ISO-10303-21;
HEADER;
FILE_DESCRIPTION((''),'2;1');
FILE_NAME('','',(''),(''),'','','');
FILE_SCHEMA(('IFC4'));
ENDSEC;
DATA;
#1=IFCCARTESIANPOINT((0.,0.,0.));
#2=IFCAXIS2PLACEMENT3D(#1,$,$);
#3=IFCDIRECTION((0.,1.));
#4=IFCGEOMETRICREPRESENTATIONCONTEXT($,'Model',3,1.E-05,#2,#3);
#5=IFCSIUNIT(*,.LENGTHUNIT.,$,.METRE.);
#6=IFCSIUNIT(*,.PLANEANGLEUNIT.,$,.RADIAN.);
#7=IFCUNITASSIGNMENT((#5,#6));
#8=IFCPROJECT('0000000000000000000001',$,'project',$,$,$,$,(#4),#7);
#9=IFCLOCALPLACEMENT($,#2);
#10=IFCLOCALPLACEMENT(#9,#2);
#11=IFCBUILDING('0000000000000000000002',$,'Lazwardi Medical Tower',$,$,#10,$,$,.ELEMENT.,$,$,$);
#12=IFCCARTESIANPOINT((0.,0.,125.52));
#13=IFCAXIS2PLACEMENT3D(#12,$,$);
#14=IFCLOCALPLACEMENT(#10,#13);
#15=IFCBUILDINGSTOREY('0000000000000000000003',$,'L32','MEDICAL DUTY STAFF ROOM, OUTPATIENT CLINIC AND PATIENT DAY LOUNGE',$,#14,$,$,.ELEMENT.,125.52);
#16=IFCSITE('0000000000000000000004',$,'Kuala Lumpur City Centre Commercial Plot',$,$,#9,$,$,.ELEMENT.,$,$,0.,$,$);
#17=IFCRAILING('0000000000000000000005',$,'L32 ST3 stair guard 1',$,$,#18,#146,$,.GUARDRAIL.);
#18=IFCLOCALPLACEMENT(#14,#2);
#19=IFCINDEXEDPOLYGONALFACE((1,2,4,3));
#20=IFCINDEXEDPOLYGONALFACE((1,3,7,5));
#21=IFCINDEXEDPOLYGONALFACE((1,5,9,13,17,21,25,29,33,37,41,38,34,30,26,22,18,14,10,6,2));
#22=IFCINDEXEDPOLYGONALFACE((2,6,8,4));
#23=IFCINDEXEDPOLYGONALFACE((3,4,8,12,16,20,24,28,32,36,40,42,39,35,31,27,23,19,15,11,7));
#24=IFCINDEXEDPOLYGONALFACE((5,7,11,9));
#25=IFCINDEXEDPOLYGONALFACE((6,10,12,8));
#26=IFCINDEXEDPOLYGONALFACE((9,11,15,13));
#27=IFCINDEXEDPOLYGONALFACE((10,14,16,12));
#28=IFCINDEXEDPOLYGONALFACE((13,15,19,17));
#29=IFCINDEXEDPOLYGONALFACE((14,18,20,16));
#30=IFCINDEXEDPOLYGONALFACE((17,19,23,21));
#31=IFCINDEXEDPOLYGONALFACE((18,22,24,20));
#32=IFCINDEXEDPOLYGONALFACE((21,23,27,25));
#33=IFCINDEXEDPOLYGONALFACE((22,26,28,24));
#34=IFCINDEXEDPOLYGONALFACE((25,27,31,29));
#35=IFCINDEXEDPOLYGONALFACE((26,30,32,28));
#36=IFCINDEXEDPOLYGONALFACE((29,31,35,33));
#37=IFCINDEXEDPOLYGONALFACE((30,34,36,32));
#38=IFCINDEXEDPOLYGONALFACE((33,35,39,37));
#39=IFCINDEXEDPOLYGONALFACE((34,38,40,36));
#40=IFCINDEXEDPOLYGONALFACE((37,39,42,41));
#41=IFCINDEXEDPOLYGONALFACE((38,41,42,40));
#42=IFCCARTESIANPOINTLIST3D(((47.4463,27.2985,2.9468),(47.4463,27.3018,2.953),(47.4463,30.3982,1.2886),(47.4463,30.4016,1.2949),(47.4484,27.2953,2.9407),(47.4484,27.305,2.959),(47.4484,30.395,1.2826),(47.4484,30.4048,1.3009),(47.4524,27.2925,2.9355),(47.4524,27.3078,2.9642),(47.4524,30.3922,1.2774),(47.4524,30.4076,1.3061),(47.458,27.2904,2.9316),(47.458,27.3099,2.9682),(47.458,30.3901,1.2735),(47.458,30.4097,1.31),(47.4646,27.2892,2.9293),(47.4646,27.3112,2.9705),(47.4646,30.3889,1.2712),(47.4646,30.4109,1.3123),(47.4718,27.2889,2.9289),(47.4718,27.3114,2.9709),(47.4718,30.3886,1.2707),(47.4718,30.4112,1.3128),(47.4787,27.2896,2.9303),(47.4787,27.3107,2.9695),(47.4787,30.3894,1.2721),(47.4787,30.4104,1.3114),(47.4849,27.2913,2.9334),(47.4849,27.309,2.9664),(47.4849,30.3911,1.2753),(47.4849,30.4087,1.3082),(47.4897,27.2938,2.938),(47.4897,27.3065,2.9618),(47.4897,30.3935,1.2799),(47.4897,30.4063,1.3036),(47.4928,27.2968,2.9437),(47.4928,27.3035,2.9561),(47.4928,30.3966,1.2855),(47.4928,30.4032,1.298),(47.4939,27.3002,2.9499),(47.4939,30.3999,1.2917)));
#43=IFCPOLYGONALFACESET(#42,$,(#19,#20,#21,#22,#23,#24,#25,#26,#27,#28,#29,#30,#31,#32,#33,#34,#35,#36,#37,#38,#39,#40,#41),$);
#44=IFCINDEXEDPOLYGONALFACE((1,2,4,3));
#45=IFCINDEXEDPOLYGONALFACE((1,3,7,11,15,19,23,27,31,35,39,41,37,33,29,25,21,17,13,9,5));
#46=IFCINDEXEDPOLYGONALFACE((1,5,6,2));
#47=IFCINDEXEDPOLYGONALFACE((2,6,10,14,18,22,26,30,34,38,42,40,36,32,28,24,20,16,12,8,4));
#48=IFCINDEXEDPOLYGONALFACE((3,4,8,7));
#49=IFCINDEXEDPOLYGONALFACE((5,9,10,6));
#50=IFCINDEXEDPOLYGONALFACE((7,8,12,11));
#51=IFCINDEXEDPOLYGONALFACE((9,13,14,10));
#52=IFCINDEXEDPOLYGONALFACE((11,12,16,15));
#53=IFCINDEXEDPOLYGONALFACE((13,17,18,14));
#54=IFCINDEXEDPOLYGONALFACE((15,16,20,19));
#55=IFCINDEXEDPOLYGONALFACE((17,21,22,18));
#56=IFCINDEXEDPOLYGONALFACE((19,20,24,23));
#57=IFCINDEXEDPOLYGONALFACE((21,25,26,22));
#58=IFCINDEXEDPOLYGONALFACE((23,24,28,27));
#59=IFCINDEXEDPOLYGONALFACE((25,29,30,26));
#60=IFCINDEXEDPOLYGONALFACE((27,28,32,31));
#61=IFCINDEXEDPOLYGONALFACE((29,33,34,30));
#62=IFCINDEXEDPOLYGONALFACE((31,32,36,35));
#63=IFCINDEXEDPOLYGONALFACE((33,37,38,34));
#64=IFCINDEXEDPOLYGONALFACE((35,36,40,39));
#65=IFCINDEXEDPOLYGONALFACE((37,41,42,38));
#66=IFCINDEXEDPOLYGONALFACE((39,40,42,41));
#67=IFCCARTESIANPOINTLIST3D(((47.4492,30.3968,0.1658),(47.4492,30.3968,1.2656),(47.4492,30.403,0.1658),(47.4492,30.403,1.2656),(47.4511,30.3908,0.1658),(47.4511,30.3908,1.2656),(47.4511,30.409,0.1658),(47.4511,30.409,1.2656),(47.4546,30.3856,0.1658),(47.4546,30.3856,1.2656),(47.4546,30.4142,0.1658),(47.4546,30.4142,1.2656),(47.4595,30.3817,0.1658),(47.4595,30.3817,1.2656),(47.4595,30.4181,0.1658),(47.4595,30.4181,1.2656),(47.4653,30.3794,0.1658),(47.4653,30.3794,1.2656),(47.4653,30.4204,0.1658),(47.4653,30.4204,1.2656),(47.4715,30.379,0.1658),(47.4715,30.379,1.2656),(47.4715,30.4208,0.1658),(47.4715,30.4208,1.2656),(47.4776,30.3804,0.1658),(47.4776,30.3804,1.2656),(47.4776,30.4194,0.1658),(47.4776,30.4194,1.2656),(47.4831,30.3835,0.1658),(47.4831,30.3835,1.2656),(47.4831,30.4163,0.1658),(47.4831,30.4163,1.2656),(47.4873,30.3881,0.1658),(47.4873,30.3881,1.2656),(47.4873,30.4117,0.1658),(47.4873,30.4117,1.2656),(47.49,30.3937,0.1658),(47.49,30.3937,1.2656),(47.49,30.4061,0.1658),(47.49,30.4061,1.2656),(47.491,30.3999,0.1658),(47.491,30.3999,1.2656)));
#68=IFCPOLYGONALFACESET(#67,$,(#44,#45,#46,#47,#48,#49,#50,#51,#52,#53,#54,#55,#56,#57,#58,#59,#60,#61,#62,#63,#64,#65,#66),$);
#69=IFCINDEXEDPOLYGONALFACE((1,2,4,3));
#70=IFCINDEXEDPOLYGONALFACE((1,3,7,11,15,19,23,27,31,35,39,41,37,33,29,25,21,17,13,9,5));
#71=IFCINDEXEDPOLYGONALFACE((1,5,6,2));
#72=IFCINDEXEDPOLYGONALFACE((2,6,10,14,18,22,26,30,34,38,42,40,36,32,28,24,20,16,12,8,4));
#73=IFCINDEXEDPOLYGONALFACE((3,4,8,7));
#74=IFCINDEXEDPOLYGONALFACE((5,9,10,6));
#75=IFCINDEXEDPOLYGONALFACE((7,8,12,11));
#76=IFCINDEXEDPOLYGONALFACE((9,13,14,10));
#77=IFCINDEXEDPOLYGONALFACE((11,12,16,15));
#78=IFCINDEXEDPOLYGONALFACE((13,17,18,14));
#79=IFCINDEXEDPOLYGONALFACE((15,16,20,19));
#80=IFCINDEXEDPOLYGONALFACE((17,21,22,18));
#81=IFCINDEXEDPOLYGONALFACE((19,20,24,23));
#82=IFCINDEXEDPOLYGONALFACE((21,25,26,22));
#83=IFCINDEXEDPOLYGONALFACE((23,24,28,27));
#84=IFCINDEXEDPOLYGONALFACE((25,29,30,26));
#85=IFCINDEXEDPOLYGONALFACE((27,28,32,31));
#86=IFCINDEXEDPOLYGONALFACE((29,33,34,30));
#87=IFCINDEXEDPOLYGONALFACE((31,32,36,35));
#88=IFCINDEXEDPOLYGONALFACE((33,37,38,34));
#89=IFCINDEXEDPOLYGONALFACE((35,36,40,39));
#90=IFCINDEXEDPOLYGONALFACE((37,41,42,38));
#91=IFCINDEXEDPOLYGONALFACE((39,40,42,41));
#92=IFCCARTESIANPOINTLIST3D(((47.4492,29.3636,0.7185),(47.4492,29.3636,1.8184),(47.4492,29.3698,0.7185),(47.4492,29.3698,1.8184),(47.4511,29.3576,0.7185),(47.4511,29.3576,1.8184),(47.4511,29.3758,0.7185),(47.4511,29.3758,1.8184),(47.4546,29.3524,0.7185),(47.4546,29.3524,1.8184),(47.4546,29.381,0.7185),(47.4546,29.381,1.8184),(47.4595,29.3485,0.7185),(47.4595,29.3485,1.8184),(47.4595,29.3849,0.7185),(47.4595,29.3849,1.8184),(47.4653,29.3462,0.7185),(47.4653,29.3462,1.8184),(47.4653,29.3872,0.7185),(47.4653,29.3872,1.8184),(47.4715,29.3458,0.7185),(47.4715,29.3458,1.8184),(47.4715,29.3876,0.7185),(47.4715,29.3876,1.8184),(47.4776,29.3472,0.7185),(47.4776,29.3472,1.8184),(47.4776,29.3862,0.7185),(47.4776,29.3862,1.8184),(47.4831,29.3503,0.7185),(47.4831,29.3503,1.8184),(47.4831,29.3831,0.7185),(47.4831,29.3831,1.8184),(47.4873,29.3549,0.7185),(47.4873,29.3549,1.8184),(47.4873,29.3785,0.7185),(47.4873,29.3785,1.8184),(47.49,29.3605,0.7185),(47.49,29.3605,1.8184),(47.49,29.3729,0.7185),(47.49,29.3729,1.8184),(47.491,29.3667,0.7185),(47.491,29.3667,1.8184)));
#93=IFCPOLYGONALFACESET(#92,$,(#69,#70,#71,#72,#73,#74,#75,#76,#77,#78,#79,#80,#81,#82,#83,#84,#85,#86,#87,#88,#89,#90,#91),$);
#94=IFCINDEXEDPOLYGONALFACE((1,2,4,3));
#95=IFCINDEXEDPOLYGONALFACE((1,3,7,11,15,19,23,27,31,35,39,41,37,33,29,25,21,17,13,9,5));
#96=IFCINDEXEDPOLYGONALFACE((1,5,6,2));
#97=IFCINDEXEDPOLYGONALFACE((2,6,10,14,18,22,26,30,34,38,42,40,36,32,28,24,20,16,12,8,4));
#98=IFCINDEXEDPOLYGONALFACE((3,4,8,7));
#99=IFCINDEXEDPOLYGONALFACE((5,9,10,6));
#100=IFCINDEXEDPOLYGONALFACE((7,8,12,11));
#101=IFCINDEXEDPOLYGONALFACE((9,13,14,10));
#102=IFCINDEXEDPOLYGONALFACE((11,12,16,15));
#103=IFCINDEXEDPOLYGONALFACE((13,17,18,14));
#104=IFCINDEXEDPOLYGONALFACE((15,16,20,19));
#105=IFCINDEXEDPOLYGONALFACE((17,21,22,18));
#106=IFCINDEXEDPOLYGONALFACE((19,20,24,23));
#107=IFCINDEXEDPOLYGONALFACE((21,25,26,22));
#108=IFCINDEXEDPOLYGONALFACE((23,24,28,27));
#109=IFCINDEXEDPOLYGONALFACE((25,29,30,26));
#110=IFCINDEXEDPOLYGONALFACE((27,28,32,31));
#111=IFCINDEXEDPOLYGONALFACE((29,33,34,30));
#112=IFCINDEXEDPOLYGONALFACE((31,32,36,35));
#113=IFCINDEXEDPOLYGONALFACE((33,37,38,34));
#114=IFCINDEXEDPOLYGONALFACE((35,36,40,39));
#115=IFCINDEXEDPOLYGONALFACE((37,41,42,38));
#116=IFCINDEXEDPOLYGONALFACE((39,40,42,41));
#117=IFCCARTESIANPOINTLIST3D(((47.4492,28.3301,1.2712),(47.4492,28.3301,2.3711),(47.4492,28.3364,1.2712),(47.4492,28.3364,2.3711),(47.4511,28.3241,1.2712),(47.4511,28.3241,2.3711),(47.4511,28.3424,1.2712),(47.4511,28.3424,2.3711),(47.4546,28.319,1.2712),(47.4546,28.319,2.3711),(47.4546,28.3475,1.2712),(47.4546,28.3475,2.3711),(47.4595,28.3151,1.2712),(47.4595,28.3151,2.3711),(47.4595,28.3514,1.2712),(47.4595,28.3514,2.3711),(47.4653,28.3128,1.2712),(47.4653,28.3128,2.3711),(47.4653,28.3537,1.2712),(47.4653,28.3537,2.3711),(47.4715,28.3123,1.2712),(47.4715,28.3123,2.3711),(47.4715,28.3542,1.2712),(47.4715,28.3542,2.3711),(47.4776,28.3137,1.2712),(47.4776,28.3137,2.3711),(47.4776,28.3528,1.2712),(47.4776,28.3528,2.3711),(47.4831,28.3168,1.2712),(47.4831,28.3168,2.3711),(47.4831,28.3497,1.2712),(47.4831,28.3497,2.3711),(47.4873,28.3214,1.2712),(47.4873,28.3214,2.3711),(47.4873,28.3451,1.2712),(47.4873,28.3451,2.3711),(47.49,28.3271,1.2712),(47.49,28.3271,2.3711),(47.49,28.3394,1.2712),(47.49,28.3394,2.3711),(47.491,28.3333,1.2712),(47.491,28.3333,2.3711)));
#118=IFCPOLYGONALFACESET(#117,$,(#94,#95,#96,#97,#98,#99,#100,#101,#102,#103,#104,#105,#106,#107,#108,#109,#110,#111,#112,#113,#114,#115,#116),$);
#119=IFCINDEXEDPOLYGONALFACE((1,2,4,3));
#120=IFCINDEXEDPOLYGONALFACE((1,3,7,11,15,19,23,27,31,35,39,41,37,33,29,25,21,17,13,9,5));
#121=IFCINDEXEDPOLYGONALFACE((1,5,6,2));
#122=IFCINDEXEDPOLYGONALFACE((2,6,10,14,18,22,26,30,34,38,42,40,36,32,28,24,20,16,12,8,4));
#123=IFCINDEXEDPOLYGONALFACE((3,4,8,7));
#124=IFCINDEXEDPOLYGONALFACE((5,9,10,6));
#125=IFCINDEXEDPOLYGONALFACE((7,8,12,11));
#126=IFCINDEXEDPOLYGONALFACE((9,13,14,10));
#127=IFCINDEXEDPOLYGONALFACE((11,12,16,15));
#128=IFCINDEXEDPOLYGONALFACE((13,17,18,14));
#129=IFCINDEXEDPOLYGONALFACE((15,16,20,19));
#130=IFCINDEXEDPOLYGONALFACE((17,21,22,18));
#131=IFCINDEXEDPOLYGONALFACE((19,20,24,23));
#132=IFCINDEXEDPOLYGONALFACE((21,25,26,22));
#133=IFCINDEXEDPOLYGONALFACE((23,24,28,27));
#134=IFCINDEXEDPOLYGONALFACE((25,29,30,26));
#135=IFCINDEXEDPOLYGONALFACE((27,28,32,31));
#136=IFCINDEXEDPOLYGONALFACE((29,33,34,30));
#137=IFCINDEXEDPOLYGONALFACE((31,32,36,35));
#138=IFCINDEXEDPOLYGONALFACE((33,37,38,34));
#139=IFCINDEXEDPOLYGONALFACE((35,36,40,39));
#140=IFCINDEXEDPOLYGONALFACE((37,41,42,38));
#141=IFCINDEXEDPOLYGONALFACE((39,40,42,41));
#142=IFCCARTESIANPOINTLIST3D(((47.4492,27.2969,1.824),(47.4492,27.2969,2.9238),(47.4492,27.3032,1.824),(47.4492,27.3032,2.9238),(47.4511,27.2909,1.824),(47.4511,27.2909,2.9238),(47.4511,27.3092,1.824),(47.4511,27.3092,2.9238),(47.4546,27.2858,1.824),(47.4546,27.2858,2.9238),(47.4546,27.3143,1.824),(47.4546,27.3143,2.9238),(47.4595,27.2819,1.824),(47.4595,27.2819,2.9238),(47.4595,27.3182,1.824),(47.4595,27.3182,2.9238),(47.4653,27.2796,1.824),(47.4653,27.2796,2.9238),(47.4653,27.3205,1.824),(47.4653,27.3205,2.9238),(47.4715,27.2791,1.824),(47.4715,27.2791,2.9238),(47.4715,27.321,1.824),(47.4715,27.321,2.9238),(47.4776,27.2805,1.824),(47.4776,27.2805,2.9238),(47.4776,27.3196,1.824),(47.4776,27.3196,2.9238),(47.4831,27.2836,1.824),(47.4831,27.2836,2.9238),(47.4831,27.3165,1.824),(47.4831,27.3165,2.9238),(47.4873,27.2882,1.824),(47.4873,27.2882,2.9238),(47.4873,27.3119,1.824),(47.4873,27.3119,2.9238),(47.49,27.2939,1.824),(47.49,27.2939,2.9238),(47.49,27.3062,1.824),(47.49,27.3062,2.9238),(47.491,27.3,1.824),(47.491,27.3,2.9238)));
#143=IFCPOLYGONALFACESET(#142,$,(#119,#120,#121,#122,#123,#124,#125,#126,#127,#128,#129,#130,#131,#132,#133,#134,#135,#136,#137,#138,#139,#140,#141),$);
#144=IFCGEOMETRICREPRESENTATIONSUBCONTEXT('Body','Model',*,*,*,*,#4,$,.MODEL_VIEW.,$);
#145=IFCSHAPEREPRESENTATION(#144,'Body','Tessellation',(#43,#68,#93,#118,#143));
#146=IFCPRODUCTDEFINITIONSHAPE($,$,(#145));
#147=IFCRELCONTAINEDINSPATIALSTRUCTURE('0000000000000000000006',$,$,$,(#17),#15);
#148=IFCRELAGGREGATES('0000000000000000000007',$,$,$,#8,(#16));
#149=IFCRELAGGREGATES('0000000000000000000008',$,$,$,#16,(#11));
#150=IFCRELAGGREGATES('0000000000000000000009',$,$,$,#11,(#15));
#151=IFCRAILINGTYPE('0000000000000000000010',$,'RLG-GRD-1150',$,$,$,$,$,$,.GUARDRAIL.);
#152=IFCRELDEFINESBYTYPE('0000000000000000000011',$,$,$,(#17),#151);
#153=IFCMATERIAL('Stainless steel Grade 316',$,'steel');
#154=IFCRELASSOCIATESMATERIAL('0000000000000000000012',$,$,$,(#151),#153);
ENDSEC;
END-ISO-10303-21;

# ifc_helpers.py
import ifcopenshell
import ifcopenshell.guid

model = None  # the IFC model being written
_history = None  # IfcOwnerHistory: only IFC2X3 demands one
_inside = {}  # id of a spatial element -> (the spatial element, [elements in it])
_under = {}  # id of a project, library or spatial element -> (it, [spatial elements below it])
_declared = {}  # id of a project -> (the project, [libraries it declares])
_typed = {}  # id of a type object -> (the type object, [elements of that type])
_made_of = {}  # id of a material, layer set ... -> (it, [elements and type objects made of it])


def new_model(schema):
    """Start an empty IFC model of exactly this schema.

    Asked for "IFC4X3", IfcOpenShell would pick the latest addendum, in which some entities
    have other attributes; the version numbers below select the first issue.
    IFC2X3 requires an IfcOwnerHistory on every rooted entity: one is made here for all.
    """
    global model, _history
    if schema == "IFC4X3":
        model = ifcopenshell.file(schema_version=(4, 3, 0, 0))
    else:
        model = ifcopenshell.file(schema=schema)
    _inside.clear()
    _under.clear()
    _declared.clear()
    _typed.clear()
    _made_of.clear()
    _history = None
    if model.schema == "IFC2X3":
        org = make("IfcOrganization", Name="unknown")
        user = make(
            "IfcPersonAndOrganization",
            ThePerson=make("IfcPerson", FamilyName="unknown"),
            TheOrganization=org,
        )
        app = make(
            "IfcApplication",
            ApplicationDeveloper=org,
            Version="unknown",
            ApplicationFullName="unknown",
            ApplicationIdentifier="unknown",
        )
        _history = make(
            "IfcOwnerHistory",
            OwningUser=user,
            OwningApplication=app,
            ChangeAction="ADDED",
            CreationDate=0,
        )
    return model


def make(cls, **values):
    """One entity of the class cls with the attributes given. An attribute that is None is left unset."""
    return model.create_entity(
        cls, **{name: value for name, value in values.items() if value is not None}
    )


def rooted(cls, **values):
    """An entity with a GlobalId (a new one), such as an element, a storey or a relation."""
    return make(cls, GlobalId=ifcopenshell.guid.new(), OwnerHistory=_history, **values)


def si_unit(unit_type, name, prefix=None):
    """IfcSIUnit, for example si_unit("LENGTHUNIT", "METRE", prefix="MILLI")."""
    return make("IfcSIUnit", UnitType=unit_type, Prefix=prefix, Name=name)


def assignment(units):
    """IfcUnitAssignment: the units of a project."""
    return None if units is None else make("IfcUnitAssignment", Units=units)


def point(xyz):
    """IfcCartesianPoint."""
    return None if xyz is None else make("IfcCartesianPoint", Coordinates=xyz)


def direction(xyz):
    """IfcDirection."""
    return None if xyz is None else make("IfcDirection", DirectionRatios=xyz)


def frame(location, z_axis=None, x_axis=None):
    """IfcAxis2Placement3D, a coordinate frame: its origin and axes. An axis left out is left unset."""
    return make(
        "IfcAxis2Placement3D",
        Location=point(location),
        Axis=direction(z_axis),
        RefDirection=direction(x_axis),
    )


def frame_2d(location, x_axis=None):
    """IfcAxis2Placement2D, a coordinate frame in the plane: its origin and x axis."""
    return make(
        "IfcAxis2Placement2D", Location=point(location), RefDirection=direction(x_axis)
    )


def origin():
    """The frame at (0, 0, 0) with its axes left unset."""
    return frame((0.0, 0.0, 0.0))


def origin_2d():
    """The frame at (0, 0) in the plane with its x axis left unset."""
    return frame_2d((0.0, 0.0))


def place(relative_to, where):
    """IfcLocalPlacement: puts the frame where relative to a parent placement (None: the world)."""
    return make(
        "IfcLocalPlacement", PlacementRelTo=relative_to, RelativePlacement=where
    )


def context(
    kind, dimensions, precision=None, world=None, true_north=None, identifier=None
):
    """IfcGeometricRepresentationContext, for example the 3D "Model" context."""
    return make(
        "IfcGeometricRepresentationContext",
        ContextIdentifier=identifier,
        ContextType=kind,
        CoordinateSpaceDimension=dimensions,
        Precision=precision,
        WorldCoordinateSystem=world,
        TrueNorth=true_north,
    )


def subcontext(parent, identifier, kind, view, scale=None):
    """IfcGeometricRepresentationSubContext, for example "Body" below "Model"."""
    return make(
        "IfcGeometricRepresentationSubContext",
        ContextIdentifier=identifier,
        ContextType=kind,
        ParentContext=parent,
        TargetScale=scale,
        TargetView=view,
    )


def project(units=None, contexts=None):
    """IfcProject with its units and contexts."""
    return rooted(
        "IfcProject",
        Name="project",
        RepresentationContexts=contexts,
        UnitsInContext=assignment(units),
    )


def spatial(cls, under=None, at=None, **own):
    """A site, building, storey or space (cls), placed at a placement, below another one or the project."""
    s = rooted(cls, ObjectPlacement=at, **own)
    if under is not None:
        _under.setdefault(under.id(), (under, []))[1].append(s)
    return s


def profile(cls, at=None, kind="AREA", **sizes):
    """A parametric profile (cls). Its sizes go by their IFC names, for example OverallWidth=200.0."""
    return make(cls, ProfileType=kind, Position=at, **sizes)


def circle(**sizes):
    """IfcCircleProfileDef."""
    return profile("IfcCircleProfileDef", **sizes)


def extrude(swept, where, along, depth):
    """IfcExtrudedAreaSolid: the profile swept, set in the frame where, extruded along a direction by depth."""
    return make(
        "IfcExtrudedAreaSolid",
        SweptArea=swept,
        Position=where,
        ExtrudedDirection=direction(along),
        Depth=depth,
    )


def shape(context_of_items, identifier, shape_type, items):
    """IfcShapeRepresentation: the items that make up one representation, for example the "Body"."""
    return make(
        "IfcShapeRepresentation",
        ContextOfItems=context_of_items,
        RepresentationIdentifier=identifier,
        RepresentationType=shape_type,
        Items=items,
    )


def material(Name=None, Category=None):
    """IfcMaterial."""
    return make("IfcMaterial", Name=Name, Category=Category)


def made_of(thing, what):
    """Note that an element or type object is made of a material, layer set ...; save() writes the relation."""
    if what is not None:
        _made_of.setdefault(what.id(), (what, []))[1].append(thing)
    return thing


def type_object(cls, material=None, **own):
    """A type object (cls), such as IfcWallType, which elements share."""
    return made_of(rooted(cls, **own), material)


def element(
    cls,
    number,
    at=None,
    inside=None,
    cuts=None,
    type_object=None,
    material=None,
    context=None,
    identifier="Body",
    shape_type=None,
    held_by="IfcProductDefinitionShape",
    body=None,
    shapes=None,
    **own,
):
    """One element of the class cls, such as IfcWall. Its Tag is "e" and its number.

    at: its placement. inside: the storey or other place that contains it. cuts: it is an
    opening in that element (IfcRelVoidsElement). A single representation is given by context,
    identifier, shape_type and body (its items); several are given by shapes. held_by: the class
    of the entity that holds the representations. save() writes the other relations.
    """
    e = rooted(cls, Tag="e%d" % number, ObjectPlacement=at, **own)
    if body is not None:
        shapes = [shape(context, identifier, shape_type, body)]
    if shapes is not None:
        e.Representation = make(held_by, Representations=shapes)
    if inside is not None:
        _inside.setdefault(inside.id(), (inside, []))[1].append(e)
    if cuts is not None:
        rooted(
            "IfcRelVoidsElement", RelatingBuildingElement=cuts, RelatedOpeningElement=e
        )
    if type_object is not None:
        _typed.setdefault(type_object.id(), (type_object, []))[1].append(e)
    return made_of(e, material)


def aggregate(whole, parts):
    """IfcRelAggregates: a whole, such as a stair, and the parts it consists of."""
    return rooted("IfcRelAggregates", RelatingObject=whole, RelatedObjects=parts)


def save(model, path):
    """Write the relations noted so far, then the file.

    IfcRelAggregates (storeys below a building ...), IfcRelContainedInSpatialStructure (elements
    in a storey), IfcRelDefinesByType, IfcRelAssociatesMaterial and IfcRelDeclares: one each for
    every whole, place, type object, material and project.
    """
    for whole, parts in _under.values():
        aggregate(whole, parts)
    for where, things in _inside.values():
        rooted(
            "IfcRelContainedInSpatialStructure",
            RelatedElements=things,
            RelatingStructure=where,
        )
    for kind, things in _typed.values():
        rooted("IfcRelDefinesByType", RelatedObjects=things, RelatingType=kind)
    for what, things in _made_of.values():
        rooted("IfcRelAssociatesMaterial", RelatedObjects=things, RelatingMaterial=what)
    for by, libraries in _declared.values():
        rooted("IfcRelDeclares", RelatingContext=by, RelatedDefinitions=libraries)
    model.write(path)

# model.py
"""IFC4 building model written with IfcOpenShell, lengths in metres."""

from ifc_helpers import new_model, si_unit, direction, frame, origin, origin_2d, place, context, subcontext, project, spatial, circle, extrude, material, type_object, element, save


model = new_model("IFC4")

# Units and contexts
model_context = context("Model", 3, precision=1e-05, world=origin(), true_north=direction((0.0, 1.0)))
body_context = subcontext(model_context, "Body", "Model", "MODEL_VIEW")
ifc_project = project(units=[si_unit("LENGTHUNIT", "METRE"), si_unit("PLANEANGLEUNIT", "RADIAN")], contexts=[model_context])

# Site, building, storey
site_placement = place(None, origin())
site = spatial("IfcSite", under=ifc_project, at=site_placement, Name="Kuala Lumpur City Centre Commercial Plot", CompositionType="ELEMENT", RefElevation=0.0)
building_placement = place(site_placement, origin())
building = spatial("IfcBuilding", under=site, at=building_placement, Name="Lazwardi Medical Tower", CompositionType="ELEMENT")
storey_placement = place(building_placement, frame((0.0, 0.0, 125.52)))
storey = spatial("IfcBuildingStorey", under=building, at=storey_placement, Name="L32", Description="MEDICAL DUTY STAFF ROOM, OUTPATIENT CLINIC AND PATIENT DAY LOUNGE", CompositionType="ELEMENT", Elevation=125.52)

# Railing
ifc_material_1 = material(Name="Stainless steel Grade 316", Category="steel")
railing_type_1 = type_object("IfcRailingType", Name="RLG-GRD-1150", PredefinedType="GUARDRAIL", material=ifc_material_1)
railing_1_placement = place(storey_placement, frame((47.47, 30.3999, 0.1658)))
element("IfcRailing", 1, at=railing_1_placement, inside=storey, type_object=railing_type_1, Name="L32 ST3 stair guard 1", PredefinedType="GUARDRAIL", context=body_context, shape_type="SweptSolid", body=[
    extrude(circle(Radius=0.0239, at=origin_2d()), frame((0.0, 0.0, 1.126), z_axis=(0.0, -0.881768, 0.471684), x_axis=(1.0, 0.0, 0.0)), (0.0, 0.0, 1.0), 3.5154),
    extrude(circle(Radius=0.021, at=origin_2d()), origin(), (0.0, 0.0, 1.0), 1.0999),
    extrude(circle(Radius=0.021, at=origin_2d()), frame((0.0, -1.0332, 0.5527)), (0.0, 0.0, 1.0), 1.0999),
    extrude(circle(Radius=0.021, at=origin_2d()), frame((0.0, -2.0667, 1.1055)), (0.0, 0.0, 1.0), 1.0999),
    extrude(circle(Radius=0.021, at=origin_2d()), frame((0.0, -3.0999, 1.6582)), (0.0, 0.0, 1.0), 1.0999),
])

save(model, "model.ifc")
